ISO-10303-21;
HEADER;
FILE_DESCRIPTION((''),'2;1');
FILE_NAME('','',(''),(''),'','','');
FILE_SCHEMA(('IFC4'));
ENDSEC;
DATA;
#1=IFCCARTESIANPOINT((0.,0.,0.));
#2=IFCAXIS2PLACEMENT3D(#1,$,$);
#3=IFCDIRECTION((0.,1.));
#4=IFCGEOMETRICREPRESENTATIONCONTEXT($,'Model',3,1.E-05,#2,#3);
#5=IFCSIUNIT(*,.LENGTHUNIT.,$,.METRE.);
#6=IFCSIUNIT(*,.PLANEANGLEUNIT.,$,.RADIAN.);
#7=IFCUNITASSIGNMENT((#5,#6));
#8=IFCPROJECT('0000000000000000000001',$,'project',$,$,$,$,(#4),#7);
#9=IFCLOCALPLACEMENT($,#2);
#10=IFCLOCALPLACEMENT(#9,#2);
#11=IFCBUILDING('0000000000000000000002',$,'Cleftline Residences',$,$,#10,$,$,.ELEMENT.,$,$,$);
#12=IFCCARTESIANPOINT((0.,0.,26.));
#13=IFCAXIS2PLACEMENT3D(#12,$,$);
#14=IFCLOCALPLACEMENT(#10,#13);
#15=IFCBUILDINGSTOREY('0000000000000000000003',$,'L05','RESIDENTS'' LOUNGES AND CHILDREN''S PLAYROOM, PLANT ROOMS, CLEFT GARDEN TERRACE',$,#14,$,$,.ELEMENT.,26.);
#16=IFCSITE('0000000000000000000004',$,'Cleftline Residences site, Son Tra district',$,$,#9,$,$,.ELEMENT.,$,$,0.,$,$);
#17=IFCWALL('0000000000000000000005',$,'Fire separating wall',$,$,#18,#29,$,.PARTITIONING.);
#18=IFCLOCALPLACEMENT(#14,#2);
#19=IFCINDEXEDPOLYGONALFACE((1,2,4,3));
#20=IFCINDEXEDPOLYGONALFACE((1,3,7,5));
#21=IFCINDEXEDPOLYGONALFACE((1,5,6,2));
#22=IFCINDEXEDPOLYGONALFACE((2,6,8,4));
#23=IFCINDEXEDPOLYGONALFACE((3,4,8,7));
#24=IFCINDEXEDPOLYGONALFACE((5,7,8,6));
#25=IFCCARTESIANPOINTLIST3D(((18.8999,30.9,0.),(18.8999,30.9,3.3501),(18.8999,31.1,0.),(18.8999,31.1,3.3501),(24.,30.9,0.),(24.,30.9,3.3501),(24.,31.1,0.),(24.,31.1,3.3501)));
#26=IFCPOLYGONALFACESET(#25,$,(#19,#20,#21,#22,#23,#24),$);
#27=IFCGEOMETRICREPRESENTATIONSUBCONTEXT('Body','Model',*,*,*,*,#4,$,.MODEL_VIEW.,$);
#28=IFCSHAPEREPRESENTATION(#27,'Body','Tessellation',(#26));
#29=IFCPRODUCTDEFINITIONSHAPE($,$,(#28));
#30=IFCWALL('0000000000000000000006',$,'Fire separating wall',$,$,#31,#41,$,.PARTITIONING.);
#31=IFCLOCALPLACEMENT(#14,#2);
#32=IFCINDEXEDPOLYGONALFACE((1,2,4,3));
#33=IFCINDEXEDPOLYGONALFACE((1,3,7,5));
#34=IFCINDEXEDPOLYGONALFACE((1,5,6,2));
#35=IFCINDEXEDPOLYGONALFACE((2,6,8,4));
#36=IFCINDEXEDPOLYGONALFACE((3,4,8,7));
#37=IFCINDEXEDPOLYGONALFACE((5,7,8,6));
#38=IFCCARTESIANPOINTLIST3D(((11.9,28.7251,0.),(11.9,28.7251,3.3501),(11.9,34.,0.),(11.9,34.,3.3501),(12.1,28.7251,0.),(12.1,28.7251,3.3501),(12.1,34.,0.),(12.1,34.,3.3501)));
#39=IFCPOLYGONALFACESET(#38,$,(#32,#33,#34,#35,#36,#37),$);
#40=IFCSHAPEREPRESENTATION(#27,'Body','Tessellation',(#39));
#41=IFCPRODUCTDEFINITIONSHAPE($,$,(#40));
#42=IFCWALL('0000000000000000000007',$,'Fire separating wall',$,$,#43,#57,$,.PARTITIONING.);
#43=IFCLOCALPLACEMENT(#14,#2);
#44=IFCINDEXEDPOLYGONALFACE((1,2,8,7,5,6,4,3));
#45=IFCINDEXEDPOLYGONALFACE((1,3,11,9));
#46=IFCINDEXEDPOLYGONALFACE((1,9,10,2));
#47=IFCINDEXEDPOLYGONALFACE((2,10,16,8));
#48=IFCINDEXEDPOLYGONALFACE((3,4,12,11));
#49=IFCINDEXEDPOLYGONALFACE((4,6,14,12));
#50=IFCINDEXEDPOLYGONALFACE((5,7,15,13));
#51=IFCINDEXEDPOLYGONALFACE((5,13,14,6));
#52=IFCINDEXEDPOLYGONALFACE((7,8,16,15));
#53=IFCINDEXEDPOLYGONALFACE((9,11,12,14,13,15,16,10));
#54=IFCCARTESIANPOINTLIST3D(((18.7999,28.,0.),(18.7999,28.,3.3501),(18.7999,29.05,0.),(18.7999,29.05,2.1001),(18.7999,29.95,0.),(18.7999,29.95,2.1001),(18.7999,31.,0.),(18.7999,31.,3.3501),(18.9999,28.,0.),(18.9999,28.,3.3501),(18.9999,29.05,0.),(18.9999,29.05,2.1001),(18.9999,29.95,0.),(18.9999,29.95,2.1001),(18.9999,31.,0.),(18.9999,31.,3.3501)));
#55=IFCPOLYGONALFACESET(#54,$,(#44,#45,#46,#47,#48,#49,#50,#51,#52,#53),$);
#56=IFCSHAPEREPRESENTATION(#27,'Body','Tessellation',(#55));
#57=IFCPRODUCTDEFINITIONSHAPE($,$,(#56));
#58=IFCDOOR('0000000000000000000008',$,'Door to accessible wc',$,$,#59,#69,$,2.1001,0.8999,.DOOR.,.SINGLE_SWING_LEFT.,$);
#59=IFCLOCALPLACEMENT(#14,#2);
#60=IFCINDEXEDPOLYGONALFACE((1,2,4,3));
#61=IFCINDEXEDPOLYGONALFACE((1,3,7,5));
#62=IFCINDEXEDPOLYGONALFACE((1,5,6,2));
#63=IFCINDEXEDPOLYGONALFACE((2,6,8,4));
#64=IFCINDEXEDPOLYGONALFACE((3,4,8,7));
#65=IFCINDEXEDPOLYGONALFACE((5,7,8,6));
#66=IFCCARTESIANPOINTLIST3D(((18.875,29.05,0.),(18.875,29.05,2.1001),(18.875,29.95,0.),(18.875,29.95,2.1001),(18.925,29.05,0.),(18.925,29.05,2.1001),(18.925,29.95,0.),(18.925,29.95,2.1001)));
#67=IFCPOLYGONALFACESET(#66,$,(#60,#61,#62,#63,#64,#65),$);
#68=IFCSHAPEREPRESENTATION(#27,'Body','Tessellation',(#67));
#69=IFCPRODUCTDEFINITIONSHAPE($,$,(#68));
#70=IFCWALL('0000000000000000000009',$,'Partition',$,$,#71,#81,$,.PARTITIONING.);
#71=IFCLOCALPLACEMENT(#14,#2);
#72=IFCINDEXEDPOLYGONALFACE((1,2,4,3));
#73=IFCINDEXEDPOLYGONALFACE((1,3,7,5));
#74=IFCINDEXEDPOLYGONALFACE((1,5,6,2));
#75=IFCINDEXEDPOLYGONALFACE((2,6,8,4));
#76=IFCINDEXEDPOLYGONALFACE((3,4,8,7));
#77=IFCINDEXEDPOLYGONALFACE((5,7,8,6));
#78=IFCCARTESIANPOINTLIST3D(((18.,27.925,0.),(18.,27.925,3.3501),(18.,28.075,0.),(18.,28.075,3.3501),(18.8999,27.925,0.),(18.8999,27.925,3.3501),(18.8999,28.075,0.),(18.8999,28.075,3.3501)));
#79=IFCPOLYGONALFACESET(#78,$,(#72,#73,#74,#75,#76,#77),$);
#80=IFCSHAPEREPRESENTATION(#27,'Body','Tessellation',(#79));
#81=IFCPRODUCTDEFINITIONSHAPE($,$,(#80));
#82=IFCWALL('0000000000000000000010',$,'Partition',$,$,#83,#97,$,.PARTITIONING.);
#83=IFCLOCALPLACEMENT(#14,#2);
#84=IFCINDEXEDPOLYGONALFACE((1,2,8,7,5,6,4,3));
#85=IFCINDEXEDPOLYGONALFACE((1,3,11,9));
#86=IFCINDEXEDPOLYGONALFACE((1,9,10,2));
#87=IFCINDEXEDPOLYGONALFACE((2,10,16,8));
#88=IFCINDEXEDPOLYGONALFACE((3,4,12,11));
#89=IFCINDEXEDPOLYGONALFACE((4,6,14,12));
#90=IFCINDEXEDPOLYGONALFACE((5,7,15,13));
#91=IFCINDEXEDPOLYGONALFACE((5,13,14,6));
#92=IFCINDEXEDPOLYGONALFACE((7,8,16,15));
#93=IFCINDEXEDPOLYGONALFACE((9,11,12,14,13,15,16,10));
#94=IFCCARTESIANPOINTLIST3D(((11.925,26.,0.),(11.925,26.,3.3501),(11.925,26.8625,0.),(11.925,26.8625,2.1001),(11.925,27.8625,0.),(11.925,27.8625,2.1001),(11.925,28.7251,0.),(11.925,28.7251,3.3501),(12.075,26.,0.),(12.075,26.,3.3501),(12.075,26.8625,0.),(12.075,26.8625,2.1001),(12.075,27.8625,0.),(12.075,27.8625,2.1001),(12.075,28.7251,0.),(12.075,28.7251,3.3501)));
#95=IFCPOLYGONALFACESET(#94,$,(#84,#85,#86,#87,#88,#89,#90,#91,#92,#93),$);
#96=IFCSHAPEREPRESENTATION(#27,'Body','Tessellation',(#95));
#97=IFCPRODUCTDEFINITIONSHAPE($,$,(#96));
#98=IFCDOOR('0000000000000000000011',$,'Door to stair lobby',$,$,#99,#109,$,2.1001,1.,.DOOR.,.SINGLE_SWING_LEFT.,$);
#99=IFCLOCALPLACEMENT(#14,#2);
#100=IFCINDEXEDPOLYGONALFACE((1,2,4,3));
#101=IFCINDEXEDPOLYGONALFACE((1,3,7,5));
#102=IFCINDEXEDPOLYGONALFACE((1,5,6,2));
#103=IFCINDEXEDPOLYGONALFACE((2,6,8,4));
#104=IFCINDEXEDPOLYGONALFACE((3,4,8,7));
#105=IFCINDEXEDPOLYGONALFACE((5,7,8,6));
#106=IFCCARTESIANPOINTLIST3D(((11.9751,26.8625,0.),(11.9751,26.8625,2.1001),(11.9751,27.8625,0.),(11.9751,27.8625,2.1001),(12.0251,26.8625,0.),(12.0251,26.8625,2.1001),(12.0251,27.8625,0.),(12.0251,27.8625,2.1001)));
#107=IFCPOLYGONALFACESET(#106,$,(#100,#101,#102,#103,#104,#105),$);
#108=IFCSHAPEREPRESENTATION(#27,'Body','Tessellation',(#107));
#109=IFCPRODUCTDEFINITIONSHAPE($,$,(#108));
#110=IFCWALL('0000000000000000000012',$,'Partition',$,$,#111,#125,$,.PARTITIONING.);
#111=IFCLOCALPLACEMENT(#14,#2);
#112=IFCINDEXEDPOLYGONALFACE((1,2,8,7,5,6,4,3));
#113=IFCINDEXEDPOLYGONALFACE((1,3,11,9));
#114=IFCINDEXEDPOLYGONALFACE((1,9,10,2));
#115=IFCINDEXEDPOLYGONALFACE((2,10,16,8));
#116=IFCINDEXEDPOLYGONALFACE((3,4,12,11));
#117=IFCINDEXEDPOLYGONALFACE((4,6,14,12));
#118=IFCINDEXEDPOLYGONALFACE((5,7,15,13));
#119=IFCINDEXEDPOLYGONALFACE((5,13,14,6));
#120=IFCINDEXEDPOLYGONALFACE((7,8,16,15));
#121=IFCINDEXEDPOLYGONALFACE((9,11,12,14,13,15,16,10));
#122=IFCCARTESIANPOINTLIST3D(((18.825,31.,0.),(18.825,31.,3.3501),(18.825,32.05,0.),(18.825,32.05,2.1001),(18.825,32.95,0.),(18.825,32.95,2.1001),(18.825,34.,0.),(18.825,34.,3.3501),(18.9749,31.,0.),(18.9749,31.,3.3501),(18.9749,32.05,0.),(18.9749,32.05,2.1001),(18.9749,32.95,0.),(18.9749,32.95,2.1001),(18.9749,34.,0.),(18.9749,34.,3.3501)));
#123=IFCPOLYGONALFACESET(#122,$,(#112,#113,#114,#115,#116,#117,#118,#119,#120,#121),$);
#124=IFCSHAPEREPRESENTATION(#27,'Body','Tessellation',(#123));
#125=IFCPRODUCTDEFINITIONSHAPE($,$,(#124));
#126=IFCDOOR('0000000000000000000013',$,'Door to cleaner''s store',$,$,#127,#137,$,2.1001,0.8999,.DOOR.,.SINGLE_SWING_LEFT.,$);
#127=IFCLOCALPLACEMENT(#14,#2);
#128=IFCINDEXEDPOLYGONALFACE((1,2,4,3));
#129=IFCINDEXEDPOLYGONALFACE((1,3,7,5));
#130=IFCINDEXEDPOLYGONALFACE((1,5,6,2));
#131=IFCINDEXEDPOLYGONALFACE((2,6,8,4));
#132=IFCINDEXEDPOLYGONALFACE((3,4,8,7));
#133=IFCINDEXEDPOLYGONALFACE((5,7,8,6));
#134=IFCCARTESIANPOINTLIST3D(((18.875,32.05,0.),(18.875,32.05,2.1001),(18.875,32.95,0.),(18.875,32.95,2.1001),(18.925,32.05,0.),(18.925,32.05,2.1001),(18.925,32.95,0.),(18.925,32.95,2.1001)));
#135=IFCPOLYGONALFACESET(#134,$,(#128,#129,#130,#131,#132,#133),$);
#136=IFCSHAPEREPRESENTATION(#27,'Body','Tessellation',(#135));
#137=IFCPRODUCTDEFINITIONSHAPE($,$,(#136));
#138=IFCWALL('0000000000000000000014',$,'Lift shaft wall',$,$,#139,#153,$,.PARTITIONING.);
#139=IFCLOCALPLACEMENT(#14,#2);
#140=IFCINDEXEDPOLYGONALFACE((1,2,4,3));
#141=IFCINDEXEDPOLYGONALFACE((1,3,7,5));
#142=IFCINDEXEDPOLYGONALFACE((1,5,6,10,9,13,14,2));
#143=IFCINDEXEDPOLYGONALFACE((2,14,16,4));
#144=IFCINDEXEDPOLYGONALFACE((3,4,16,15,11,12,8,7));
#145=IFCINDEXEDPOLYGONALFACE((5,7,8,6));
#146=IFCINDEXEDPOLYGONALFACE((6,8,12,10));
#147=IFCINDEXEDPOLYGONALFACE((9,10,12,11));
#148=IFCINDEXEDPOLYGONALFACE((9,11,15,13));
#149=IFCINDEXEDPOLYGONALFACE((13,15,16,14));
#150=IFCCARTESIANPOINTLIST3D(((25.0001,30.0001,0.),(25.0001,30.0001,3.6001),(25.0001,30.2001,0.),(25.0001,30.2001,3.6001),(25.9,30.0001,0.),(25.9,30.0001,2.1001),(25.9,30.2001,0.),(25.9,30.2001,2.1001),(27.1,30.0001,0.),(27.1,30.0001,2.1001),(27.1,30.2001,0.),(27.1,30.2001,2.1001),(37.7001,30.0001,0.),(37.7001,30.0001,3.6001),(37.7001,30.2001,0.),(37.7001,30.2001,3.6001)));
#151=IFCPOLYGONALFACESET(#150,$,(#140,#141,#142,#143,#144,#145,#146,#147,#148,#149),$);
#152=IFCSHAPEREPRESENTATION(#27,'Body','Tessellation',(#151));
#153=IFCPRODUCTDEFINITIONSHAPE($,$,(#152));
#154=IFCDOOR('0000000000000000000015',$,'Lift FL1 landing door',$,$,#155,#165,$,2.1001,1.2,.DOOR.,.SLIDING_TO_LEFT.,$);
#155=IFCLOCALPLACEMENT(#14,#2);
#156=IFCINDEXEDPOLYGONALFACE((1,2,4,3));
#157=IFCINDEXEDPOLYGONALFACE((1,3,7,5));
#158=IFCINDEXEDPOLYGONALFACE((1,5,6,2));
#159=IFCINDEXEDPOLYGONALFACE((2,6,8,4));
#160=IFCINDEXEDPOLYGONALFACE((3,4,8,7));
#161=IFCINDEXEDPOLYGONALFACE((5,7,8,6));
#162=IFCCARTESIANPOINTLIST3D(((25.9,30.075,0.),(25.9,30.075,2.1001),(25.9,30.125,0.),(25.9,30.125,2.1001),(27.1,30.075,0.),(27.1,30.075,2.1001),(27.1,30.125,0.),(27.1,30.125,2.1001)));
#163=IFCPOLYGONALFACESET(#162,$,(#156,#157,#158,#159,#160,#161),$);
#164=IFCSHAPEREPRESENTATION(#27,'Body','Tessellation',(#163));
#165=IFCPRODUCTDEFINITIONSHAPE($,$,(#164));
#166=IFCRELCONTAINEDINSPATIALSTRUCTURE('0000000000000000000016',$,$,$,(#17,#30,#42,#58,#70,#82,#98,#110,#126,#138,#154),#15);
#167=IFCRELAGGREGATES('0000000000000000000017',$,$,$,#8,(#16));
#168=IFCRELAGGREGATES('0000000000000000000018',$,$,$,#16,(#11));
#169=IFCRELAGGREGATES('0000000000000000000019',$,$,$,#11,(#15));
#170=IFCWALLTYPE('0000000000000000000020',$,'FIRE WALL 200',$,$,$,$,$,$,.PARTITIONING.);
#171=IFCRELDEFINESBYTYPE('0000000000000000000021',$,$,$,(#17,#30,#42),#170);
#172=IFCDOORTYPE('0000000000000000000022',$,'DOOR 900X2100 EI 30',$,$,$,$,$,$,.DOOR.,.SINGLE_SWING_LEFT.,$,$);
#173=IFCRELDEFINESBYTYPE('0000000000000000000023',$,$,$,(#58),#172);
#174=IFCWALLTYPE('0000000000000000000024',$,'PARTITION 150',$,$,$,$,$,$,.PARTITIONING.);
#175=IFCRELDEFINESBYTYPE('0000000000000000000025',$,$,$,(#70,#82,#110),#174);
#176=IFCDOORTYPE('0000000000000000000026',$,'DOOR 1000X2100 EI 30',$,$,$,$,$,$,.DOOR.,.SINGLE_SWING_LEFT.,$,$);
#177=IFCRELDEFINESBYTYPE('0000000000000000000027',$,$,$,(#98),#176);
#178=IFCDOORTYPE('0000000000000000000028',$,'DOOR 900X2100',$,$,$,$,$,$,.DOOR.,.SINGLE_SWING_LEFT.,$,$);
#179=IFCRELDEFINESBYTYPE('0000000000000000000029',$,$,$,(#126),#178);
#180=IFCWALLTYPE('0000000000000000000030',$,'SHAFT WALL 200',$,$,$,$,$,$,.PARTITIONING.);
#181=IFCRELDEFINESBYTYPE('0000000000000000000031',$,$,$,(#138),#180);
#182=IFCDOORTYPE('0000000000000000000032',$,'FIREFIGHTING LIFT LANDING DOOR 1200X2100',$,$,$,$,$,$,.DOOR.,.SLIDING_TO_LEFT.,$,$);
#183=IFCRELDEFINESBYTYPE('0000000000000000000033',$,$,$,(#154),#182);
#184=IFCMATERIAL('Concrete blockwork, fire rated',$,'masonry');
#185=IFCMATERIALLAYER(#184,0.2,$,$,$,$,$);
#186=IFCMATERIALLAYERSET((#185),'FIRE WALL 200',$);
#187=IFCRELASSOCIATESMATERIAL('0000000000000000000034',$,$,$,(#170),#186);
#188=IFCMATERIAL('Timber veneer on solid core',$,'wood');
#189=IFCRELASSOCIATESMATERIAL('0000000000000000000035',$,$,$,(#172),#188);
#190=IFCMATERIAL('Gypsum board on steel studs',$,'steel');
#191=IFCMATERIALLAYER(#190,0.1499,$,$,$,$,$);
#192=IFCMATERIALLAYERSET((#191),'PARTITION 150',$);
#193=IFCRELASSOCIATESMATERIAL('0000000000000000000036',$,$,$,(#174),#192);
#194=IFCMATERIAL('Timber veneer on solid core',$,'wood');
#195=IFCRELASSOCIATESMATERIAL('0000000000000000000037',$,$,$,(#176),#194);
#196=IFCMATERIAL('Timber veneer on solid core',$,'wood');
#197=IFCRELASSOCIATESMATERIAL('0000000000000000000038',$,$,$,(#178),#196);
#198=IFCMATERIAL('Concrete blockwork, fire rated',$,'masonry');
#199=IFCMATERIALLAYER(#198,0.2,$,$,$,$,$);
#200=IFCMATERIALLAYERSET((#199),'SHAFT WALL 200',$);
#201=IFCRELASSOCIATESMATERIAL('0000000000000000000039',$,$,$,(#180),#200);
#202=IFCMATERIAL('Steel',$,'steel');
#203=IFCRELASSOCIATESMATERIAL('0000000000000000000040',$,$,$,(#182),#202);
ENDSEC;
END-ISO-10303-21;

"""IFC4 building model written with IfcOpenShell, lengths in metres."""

from ifc_helpers import new_model, si_unit, direction, frame, frame_2d, origin, place, context, subcontext, project, spatial, rectangle, extrude, material, layer, layer_set, type_object, element, fill, save


model = new_model("IFC4")

# Units and contexts
model_context = context("Model", 3, precision=1e-05, world=origin(), true_north=direction((0.0, 1.0)))
body_context = subcontext(model_context, "Body", "Model", "MODEL_VIEW")
ifc_project = project(units=[si_unit("LENGTHUNIT", "METRE"), si_unit("PLANEANGLEUNIT", "RADIAN")], contexts=[model_context])

# Site, building, storey
site_placement = place(None, origin())
site = spatial("IfcSite", under=ifc_project, at=site_placement, Name="Cleftline Residences site, Son Tra district", CompositionType="ELEMENT", RefElevation=0.0)
building_placement = place(site_placement, origin())
building = spatial("IfcBuilding", under=site, at=building_placement, Name="Cleftline Residences", CompositionType="ELEMENT")
storey_placement = place(building_placement, frame((0.0, 0.0, 26.0)))
storey = spatial("IfcBuildingStorey", under=building, at=storey_placement, Name="L05", Description="RESIDENTS' LOUNGES AND CHILDREN'S PLAYROOM, PLANT ROOMS, CLEFT GARDEN TERRACE", CompositionType="ELEMENT", Elevation=26.0)

# Walls
ifc_material_1 = material(Name="Concrete blockwork, fire rated", Category="masonry")
ifc_layer_1 = layer(ifc_material_1, 0.2)
ifc_layer_set_1 = layer_set([ifc_layer_1], Name="FIRE WALL 200")
wall_type_1 = type_object("IfcWallType", Name="FIRE WALL 200", PredefinedType="PARTITIONING", material=ifc_layer_set_1)
wall_1_placement = place(storey_placement, frame((18.8999, 31.0, 0.0), z_axis=(0.0, 0.0, 1.0), x_axis=(1.0, 0.0, 0.0)))
element("IfcWall", 1, at=wall_1_placement, inside=storey, type_object=wall_type_1, Name="Fire separating wall", PredefinedType="PARTITIONING", context=body_context, shape_type="SweptSolid", body=[
    extrude(rectangle(XDim=5.1001, YDim=0.2, at=frame_2d((2.55, 0.0))), origin(), (0.0, 0.0, 1.0), 3.3501),
])
wall_2_placement = place(storey_placement, frame((12.0, 28.7251, 0.0), z_axis=(0.0, 0.0, 1.0), x_axis=(0.0, 1.0, 0.0)))
element("IfcWall", 2, at=wall_2_placement, inside=storey, type_object=wall_type_1, Name="Fire separating wall", PredefinedType="PARTITIONING", context=body_context, shape_type="SweptSolid", body=[
    extrude(rectangle(XDim=5.2749, YDim=0.2, at=frame_2d((2.6375, 0.0))), origin(), (0.0, 0.0, 1.0), 3.3501),
])

# Wall, opening, door
wall_3_placement = place(storey_placement, frame((18.8999, 28.0, 0.0), z_axis=(0.0, 0.0, 1.0), x_axis=(0.0, 1.0, 0.0)))
wall_3 = element("IfcWall", 3, at=wall_3_placement, inside=storey, type_object=wall_type_1, Name="Fire separating wall", PredefinedType="PARTITIONING", context=body_context, shape_type="SweptSolid", body=[
    extrude(rectangle(XDim=3.0, YDim=0.2, at=frame_2d((1.5, 0.0))), origin(), (0.0, 0.0, 1.0), 3.3501),
])
opening_1_placement = place(wall_3_placement, frame((1.05, 0.0, 0.0)))
opening_1 = element("IfcOpeningElement", 4, at=opening_1_placement, cuts=wall_3, PredefinedType="OPENING", context=body_context, shape_type="SweptSolid", body=[
    extrude(rectangle(XDim=0.8999, YDim=2.1001, at=frame_2d((0.45, 1.05))), frame((0.0, 0.1099, 0.0), z_axis=(0.0, -1.0, 0.0), x_axis=(1.0, 0.0, 0.0)), (0.0, 0.0, 1.0), 0.22),
])
ifc_material_2 = material(Name="Timber veneer on solid core", Category="wood")
door_type_1 = type_object("IfcDoorType", Name="DOOR 900X2100 EI 30", OperationType="SINGLE_SWING_LEFT", PredefinedType="DOOR", material=ifc_material_2)
door_1_placement = place(opening_1_placement, origin())
door_1 = element("IfcDoor", 5, at=door_1_placement, inside=storey, type_object=door_type_1, Name="Door to accessible wc", OperationType="SINGLE_SWING_LEFT", OverallHeight=2.1001, OverallWidth=0.8999, PredefinedType="DOOR", context=body_context, shape_type="SweptSolid", body=[
    extrude(rectangle(XDim=0.8999, YDim=2.1001, at=frame_2d((0.45, 1.05))), frame((0.0, 0.0249, 0.0), z_axis=(0.0, -1.0, 0.0), x_axis=(1.0, 0.0, 0.0)), (0.0, 0.0, 1.0), 0.05),
])
fill(opening_1, door_1)

# Wall
ifc_material_3 = material(Name="Gypsum board on steel studs", Category="steel")
ifc_layer_2 = layer(ifc_material_3, 0.1499)
ifc_layer_set_2 = layer_set([ifc_layer_2], Name="PARTITION 150")
wall_type_2 = type_object("IfcWallType", Name="PARTITION 150", PredefinedType="PARTITIONING", material=ifc_layer_set_2)
wall_4_placement = place(storey_placement, frame((18.0, 28.0, 0.0), z_axis=(0.0, 0.0, 1.0), x_axis=(1.0, 0.0, 0.0)))
element("IfcWall", 6, at=wall_4_placement, inside=storey, type_object=wall_type_2, Name="Partition", PredefinedType="PARTITIONING", context=body_context, shape_type="SweptSolid", body=[
    extrude(rectangle(XDim=0.8999, YDim=0.1499, at=frame_2d((0.45, 0.0))), origin(), (0.0, 0.0, 1.0), 3.3501),
])

# Walls, openings, doors
wall_5_placement = place(storey_placement, frame((12.0, 26.0, 0.0), z_axis=(0.0, 0.0, 1.0), x_axis=(0.0, 1.0, 0.0)))
wall_5 = element("IfcWall", 7, at=wall_5_placement, inside=storey, type_object=wall_type_2, Name="Partition", PredefinedType="PARTITIONING", context=body_context, shape_type="SweptSolid", body=[
    extrude(rectangle(XDim=2.7251, YDim=0.1499, at=frame_2d((1.3625, 0.0))), origin(), (0.0, 0.0, 1.0), 3.3501),
])
opening_2_placement = place(wall_5_placement, frame((0.8625, 0.0, 0.0)))
opening_2 = element("IfcOpeningElement", 8, at=opening_2_placement, cuts=wall_5, PredefinedType="OPENING", context=body_context, shape_type="SweptSolid", body=[
    extrude(rectangle(XDim=1.0, YDim=2.1001, at=frame_2d((0.5, 1.05))), frame((0.0, 0.085, 0.0), z_axis=(0.0, -1.0, 0.0), x_axis=(1.0, 0.0, 0.0)), (0.0, 0.0, 1.0), 0.1699),
])
ifc_material_4 = material(Name="Timber veneer on solid core", Category="wood")
door_type_2 = type_object("IfcDoorType", Name="DOOR 1000X2100 EI 30", OperationType="SINGLE_SWING_LEFT", PredefinedType="DOOR", material=ifc_material_4)
door_2_placement = place(opening_2_placement, origin())
door_2 = element("IfcDoor", 9, at=door_2_placement, inside=storey, type_object=door_type_2, Name="Door to stair lobby", OperationType="SINGLE_SWING_LEFT", OverallHeight=2.1001, OverallWidth=1.0, PredefinedType="DOOR", context=body_context, shape_type="SweptSolid", body=[
    extrude(rectangle(XDim=1.0, YDim=2.1001, at=frame_2d((0.5, 1.05))), frame((0.0, 0.0249, 0.0), z_axis=(0.0, -1.0, 0.0), x_axis=(1.0, 0.0, 0.0)), (0.0, 0.0, 1.0), 0.05),
])
fill(opening_2, door_2)
wall_6_placement = place(storey_placement, frame((18.8999, 31.0, 0.0), z_axis=(0.0, 0.0, 1.0), x_axis=(0.0, 1.0, 0.0)))
wall_6 = element("IfcWall", 10, at=wall_6_placement, inside=storey, type_object=wall_type_2, Name="Partition", PredefinedType="PARTITIONING", context=body_context, shape_type="SweptSolid", body=[
    extrude(rectangle(XDim=3.0, YDim=0.1499, at=frame_2d((1.5, 0.0))), origin(), (0.0, 0.0, 1.0), 3.3501),
])
opening_3_placement = place(wall_6_placement, frame((1.05, 0.0, 0.0)))
opening_3 = element("IfcOpeningElement", 11, at=opening_3_placement, cuts=wall_6, PredefinedType="OPENING", context=body_context, shape_type="SweptSolid", body=[
    extrude(rectangle(XDim=0.8999, YDim=2.1001, at=frame_2d((0.45, 1.05))), frame((0.0, 0.085, 0.0), z_axis=(0.0, -1.0, 0.0), x_axis=(1.0, 0.0, 0.0)), (0.0, 0.0, 1.0), 0.1699),
])
ifc_material_5 = material(Name="Timber veneer on solid core", Category="wood")
door_type_3 = type_object("IfcDoorType", Name="DOOR 900X2100", OperationType="SINGLE_SWING_LEFT", PredefinedType="DOOR", material=ifc_material_5)
door_3_placement = place(opening_3_placement, origin())
door_3 = element("IfcDoor", 12, at=door_3_placement, inside=storey, type_object=door_type_3, Name="Door to cleaner's store", OperationType="SINGLE_SWING_LEFT", OverallHeight=2.1001, OverallWidth=0.8999, PredefinedType="DOOR", context=body_context, shape_type="SweptSolid", body=[
    extrude(rectangle(XDim=0.8999, YDim=2.1001, at=frame_2d((0.45, 1.05))), frame((0.0, 0.0249, 0.0), z_axis=(0.0, -1.0, 0.0), x_axis=(1.0, 0.0, 0.0)), (0.0, 0.0, 1.0), 0.05),
])
fill(opening_3, door_3)
ifc_material_6 = material(Name="Concrete blockwork, fire rated", Category="masonry")
ifc_layer_3 = layer(ifc_material_6, 0.2)
ifc_layer_set_3 = layer_set([ifc_layer_3], Name="SHAFT WALL 200")
wall_type_3 = type_object("IfcWallType", Name="SHAFT WALL 200", PredefinedType="PARTITIONING", material=ifc_layer_set_3)
wall_7_placement = place(storey_placement, frame((25.0, 30.1001, 0.0), z_axis=(0.0, 0.0, 1.0), x_axis=(1.0, 0.0, 0.0)))
wall_7 = element("IfcWall", 13, at=wall_7_placement, inside=storey, type_object=wall_type_3, Name="Lift shaft wall", PredefinedType="PARTITIONING", context=body_context, shape_type="SweptSolid", body=[
    extrude(rectangle(XDim=12.7, YDim=0.2, at=frame_2d((6.3501, 0.0))), origin(), (0.0, 0.0, 1.0), 3.6001),
])
opening_4_placement = place(wall_7_placement, frame((0.8999, 0.0, 0.0)))
opening_4 = element("IfcOpeningElement", 14, at=opening_4_placement, cuts=wall_7, PredefinedType="OPENING", context=body_context, shape_type="SweptSolid", body=[
    extrude(rectangle(XDim=1.2, YDim=2.1001, at=frame_2d((0.6001, 1.05))), frame((0.0, 0.1099, 0.0), z_axis=(0.0, -1.0, 0.0), x_axis=(1.0, 0.0, 0.0)), (0.0, 0.0, 1.0), 0.22),
])
ifc_material_7 = material(Name="Steel", Category="steel")
door_type_4 = type_object("IfcDoorType", Name="FIREFIGHTING LIFT LANDING DOOR 1200X2100", OperationType="SLIDING_TO_LEFT", PredefinedType="DOOR", material=ifc_material_7)
door_4_placement = place(opening_4_placement, origin())
door_4 = element("IfcDoor", 15, at=door_4_placement, inside=storey, type_object=door_type_4, Name="Lift FL1 landing door", OperationType="SLIDING_TO_LEFT", OverallHeight=2.1001, OverallWidth=1.2, PredefinedType="DOOR", context=body_context, shape_type="SweptSolid", body=[
    extrude(rectangle(XDim=1.2, YDim=2.1001, at=frame_2d((0.6001, 1.05))), frame((0.0, 0.0249, 0.0), z_axis=(0.0, -1.0, 0.0), x_axis=(1.0, 0.0, 0.0)), (0.0, 0.0, 1.0), 0.05),
])
fill(opening_4, door_4)

save(model, "model.ifc")
